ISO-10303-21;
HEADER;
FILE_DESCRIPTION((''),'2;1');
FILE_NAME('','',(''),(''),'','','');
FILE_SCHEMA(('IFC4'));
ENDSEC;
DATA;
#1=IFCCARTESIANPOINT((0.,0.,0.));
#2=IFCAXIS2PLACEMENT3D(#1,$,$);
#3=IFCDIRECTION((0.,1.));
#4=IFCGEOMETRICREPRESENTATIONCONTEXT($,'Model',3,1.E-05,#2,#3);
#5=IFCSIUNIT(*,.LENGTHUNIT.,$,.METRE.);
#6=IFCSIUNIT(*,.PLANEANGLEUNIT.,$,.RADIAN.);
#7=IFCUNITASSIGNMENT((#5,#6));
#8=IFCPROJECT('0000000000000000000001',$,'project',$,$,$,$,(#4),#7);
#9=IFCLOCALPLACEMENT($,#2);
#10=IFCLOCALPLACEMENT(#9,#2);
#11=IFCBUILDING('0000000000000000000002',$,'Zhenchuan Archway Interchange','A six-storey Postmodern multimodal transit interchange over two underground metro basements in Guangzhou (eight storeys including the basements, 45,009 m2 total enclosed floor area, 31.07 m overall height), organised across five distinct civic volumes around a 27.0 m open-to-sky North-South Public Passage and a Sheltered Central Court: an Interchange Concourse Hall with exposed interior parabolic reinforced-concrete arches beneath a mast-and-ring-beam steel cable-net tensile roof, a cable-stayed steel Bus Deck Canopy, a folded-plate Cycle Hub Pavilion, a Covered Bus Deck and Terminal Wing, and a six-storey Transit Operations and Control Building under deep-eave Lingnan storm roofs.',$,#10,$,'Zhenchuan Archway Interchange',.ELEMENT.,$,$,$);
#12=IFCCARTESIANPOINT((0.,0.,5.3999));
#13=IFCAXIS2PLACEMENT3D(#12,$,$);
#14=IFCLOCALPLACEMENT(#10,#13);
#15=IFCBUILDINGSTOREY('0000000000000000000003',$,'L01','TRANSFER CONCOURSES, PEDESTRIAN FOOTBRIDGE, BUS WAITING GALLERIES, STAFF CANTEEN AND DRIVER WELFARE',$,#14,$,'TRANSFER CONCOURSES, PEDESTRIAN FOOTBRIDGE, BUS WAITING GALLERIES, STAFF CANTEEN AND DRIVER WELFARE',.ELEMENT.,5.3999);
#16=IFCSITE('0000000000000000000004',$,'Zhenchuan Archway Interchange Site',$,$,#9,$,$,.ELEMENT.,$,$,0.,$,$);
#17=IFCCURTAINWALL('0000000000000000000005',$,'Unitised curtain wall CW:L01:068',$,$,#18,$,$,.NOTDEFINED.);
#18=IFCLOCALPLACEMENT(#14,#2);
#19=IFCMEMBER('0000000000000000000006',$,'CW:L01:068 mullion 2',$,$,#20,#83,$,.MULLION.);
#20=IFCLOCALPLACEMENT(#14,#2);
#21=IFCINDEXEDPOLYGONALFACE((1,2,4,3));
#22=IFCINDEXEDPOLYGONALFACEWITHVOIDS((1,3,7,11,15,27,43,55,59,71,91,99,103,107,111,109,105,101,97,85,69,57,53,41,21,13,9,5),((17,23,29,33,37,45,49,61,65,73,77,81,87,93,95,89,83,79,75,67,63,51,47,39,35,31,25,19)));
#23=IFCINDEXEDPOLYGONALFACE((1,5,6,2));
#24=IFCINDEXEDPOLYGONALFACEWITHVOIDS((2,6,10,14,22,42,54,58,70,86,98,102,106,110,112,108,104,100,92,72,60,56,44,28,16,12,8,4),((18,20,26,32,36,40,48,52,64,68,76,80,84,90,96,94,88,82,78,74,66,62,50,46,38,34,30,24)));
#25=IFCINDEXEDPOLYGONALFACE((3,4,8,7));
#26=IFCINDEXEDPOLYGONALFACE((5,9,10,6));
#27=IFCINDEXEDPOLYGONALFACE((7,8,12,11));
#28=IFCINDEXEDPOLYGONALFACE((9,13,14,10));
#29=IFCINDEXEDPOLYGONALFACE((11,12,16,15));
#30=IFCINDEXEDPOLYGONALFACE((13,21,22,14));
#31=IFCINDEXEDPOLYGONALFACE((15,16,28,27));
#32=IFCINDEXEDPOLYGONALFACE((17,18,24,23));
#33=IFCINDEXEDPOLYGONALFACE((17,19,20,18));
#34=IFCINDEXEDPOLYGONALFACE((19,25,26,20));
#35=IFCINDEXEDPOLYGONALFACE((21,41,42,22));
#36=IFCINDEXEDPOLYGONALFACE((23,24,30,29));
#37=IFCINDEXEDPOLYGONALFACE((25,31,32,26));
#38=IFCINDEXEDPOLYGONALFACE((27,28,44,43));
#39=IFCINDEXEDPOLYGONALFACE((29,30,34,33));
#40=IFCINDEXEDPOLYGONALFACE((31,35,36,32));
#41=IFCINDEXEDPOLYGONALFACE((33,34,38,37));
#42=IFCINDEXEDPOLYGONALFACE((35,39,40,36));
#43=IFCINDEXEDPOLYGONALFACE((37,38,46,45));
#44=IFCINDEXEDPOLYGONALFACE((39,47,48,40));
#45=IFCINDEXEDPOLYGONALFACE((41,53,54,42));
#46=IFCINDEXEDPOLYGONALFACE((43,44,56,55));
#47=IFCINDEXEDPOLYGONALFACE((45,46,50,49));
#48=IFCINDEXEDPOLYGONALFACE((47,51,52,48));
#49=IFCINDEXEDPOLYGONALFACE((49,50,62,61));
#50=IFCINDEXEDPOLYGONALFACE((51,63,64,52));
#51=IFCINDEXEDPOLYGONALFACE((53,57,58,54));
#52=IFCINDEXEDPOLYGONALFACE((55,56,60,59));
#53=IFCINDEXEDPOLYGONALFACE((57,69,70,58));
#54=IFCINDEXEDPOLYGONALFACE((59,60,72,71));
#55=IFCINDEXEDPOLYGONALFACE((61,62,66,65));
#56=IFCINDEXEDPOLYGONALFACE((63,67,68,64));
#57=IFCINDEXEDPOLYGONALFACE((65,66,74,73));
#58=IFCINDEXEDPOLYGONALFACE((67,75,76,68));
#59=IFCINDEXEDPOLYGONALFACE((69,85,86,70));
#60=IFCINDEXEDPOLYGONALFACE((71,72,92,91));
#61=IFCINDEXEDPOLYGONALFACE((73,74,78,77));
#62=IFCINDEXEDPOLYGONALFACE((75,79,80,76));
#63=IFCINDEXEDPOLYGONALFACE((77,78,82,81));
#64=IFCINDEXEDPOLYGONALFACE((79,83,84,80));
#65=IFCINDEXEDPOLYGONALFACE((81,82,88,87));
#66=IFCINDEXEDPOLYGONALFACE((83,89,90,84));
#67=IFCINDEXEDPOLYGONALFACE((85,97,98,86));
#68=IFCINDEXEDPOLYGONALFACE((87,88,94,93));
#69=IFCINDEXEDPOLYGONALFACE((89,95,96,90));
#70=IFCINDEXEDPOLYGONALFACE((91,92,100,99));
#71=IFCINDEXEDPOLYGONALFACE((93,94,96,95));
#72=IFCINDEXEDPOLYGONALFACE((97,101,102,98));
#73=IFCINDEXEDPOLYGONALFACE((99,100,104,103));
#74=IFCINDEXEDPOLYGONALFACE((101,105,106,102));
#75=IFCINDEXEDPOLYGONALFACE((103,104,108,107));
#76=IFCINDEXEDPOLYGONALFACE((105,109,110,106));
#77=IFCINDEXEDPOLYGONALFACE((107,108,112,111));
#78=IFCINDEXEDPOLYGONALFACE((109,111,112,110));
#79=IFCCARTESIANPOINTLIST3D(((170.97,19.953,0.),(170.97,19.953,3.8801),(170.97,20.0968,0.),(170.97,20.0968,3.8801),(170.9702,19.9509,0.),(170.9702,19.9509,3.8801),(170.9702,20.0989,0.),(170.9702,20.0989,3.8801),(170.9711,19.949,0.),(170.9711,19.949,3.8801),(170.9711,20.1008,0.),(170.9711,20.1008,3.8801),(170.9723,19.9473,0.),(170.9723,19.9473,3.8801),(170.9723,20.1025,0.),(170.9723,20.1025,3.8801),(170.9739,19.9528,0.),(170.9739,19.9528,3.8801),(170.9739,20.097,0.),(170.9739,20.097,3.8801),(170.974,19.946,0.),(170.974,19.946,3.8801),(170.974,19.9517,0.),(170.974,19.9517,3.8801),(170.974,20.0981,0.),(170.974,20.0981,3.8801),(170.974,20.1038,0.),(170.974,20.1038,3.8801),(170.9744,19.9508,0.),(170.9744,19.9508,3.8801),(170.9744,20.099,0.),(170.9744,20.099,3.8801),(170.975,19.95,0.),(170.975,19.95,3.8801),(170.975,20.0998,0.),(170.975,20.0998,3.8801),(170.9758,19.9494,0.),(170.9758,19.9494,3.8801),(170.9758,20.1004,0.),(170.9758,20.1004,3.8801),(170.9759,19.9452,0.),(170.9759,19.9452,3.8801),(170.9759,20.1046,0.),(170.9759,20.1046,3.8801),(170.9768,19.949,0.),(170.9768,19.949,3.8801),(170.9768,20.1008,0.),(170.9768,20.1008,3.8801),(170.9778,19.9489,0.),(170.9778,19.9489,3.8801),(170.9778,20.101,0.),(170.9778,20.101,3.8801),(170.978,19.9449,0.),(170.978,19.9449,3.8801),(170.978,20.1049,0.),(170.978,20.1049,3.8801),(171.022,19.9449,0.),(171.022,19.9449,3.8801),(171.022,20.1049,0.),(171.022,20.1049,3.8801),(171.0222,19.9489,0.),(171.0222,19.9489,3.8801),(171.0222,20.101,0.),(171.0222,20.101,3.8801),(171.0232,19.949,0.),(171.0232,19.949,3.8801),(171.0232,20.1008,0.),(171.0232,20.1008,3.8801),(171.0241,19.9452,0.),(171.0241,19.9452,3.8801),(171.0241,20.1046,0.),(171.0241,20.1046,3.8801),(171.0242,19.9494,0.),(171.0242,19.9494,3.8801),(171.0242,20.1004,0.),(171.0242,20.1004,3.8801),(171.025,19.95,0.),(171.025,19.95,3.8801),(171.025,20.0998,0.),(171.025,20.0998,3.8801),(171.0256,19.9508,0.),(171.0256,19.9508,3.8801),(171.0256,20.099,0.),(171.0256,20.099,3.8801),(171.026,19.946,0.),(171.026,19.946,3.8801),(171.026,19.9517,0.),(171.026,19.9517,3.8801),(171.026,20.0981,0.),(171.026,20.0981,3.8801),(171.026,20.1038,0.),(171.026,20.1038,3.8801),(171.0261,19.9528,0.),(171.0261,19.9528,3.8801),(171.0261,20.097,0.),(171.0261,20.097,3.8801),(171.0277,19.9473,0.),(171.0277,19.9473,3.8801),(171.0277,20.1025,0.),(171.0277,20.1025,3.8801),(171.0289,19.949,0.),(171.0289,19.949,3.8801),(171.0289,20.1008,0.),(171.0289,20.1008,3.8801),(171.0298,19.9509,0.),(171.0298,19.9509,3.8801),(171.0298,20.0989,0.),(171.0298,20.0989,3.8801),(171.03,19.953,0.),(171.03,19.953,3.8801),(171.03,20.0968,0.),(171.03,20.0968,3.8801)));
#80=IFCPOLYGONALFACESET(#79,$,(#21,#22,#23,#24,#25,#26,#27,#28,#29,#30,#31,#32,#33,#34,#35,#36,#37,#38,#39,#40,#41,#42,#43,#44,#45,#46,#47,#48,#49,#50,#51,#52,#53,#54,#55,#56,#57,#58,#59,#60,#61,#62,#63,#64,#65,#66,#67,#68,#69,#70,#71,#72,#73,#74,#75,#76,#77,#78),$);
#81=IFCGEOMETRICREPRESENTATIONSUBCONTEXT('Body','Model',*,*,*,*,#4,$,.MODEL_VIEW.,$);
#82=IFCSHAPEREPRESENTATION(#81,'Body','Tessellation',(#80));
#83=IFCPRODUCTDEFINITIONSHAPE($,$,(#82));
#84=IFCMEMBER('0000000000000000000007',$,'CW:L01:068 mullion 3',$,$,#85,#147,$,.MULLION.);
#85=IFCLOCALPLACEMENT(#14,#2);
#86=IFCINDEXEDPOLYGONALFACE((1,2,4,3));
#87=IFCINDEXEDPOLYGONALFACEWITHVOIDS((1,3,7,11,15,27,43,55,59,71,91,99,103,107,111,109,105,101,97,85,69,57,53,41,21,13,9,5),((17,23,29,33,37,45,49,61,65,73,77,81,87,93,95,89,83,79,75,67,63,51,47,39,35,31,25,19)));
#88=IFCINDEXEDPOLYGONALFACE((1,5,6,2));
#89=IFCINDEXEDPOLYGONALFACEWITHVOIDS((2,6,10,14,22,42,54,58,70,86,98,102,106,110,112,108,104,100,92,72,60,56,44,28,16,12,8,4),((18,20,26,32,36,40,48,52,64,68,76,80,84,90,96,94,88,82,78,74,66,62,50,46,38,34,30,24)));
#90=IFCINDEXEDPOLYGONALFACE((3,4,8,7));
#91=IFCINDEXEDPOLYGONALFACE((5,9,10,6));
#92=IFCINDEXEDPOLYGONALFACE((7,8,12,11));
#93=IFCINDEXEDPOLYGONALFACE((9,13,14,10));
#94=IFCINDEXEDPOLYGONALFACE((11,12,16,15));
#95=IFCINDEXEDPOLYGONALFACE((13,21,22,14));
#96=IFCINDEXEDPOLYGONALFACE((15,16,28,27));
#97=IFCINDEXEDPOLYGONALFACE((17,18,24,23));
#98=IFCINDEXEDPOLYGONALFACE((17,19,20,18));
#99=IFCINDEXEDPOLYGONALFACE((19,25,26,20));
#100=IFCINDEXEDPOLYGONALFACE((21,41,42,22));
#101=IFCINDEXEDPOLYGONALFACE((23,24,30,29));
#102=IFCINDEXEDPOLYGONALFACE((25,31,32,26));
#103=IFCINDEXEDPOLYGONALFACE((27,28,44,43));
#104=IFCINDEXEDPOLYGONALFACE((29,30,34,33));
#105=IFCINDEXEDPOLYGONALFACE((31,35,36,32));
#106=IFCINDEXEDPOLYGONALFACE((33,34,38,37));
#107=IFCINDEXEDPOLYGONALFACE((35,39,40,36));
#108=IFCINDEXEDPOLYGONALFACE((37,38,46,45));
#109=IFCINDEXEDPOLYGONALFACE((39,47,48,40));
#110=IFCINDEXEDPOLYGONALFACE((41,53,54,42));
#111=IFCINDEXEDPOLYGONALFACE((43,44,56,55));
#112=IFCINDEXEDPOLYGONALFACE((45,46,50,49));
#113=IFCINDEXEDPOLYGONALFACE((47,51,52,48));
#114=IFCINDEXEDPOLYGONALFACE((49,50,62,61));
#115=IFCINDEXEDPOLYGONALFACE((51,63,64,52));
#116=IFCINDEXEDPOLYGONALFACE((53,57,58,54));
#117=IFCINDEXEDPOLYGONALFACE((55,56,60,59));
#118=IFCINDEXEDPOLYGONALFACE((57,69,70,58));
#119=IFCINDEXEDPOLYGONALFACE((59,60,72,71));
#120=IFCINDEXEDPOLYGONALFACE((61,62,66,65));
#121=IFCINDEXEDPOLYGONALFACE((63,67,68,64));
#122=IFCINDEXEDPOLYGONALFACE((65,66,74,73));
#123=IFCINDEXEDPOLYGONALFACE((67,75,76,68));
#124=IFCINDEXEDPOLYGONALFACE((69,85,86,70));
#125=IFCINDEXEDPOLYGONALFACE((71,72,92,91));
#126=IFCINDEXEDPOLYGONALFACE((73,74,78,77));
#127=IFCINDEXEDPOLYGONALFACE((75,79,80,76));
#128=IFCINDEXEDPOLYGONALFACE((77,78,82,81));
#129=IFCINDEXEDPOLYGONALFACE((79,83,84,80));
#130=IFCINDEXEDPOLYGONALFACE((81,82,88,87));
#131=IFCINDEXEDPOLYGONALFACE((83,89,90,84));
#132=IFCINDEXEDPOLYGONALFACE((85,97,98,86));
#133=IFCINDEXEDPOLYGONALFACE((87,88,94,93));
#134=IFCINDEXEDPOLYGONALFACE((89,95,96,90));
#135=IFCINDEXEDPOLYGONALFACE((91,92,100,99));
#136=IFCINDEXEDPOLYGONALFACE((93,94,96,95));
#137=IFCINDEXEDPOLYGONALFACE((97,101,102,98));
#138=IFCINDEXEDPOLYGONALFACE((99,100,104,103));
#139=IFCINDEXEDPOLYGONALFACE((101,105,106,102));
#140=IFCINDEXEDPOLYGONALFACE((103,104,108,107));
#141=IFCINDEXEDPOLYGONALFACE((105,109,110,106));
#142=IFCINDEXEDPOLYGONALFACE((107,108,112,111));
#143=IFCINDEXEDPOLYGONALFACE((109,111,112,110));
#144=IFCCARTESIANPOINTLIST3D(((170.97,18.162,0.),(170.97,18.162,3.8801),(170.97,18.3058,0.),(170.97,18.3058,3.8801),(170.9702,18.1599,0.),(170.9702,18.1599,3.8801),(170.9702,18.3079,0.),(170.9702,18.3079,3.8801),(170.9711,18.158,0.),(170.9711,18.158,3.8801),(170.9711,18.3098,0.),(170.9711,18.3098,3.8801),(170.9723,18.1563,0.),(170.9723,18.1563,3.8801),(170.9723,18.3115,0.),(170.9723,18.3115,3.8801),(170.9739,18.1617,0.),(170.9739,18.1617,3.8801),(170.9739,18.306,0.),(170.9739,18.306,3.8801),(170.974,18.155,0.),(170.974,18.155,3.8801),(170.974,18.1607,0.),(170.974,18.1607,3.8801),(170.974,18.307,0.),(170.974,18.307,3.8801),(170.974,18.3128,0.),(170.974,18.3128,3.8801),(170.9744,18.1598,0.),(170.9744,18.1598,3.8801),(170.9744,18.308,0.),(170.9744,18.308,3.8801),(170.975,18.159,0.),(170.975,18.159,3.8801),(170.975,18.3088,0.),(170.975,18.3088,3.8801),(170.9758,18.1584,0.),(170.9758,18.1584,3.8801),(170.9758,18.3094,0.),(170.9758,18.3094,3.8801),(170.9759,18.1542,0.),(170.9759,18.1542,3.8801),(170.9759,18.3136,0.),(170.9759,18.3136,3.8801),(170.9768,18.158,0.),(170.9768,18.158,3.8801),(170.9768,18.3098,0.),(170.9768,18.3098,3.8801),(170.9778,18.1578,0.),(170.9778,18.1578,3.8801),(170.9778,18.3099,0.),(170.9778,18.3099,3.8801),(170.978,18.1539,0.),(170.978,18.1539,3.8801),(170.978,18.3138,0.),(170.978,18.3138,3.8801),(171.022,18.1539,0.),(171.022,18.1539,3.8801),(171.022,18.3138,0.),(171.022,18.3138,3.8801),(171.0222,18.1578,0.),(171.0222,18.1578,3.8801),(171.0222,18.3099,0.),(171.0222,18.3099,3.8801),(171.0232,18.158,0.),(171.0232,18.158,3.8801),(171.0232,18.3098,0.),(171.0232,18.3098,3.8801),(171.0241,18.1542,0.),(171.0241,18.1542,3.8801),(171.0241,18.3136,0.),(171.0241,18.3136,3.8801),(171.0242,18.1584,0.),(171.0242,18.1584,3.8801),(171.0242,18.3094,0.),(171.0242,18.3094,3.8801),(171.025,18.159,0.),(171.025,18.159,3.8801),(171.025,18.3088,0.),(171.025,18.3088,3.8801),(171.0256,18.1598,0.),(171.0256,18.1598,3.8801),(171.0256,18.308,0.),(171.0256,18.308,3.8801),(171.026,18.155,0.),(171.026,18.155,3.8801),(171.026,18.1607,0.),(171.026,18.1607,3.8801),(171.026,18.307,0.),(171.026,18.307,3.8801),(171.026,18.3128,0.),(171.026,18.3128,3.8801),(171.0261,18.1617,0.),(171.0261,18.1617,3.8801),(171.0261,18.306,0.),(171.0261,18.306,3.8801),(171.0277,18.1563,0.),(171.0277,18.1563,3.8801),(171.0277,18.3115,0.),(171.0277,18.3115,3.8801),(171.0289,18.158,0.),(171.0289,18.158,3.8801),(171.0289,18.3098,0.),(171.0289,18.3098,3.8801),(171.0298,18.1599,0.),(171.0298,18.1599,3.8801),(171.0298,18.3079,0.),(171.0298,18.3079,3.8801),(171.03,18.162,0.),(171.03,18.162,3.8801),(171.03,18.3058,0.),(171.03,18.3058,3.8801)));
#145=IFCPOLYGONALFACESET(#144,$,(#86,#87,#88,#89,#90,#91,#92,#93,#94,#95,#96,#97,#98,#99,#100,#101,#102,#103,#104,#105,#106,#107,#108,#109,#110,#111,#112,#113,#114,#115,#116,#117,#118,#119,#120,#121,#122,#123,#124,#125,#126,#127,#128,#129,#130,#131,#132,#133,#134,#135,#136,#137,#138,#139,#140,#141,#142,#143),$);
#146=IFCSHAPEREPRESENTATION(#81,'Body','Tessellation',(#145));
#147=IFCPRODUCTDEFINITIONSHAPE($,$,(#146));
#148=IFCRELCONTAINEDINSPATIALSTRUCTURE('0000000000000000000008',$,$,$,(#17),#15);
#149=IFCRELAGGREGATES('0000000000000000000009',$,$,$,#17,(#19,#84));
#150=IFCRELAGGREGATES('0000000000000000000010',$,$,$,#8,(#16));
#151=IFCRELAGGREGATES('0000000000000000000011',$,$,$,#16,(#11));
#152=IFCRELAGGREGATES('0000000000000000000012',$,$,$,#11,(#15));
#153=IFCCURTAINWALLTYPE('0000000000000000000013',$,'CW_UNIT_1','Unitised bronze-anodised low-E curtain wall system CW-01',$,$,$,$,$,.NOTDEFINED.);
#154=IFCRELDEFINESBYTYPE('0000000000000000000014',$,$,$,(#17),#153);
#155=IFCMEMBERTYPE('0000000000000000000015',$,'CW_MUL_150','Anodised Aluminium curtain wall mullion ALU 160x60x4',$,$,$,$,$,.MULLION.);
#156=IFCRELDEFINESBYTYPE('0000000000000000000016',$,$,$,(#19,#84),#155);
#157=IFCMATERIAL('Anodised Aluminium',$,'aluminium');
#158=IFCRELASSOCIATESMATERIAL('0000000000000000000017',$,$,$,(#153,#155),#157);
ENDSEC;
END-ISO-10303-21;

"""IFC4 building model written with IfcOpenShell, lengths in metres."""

from ifc_helpers import new_model, si_unit, direction, frame, origin, origin_2d, place, context, subcontext, project, spatial, hollow_rectangle, extrude, material, material_profile, profile_set, type_object, element, aggregate, save


model = new_model("IFC4")

# Units and contexts
model_context = context("Model", 3, precision=1e-05, world=origin(), true_north=direction((0.0, 1.0)))
body_context = subcontext(model_context, "Body", "Model", "MODEL_VIEW")
ifc_project = project(units=[si_unit("LENGTHUNIT", "METRE"), si_unit("PLANEANGLEUNIT", "RADIAN")], contexts=[model_context])

# Site, building, storey
site_placement = place(None, origin())
site = spatial("IfcSite", under=ifc_project, at=site_placement, Name="Zhenchuan Archway Interchange Site", CompositionType="ELEMENT", RefElevation=0.0)
building_placement = place(site_placement, origin())
building = spatial("IfcBuilding", under=site, at=building_placement, Name="Zhenchuan Archway Interchange", Description="A six-storey Postmodern multimodal transit interchange over two underground metro basements in Guangzhou (eight storeys including the basements, 45,009 m2 total enclosed floor area, 31.07 m overall height), organised across five distinct civic volumes around a 27.0 m open-to-sky North-South Public Passage and a Sheltered Central Court: an Interchange Concourse Hall with exposed interior parabolic reinforced-concrete arches beneath a mast-and-ring-beam steel cable-net tensile roof, a cable-stayed steel Bus Deck Canopy, a folded-plate Cycle Hub Pavilion, a Covered Bus Deck and Terminal Wing, and a six-storey Transit Operations and Control Building under deep-eave Lingnan storm roofs.", LongName="Zhenchuan Archway Interchange", CompositionType="ELEMENT")
storey_placement = place(building_placement, frame((0.0, 0.0, 5.3999)))
storey = spatial("IfcBuildingStorey", under=building, at=storey_placement, Name="L01", Description="TRANSFER CONCOURSES, PEDESTRIAN FOOTBRIDGE, BUS WAITING GALLERIES, STAFF CANTEEN AND DRIVER WELFARE", LongName="TRANSFER CONCOURSES, PEDESTRIAN FOOTBRIDGE, BUS WAITING GALLERIES, STAFF CANTEEN AND DRIVER WELFARE", CompositionType="ELEMENT", Elevation=5.3999)

# Curtain wall, members
ifc_material_1 = material(Name="Anodised Aluminium", Category="aluminium")
curtain_wall_type = type_object("IfcCurtainWallType", Name="CW_UNIT_1", Description="Unitised bronze-anodised low-E curtain wall system CW-01", PredefinedType="NOTDEFINED", material=ifc_material_1)
curtain_wall_placement = place(storey_placement, origin())
curtain_wall = element("IfcCurtainWall", 1, at=curtain_wall_placement, inside=storey, type_object=curtain_wall_type, Name="Unitised curtain wall CW:L01:068", PredefinedType="NOTDEFINED")
ifc_material_profile_1 = material_profile(ifc_material_1, hollow_rectangle(XDim=0.0601, YDim=0.1599, WallThickness=0.0039, InnerFilletRadius=0.0039, OuterFilletRadius=0.0081, at=origin_2d()), Name="ALU 160x60x4")
ifc_profile_set_1 = profile_set([ifc_material_profile_1], Name="Anodised Aluminium")
member_type_1 = type_object("IfcMemberType", Name="CW_MUL_150", Description="Anodised Aluminium curtain wall mullion ALU 160x60x4", PredefinedType="MULLION", material=ifc_profile_set_1)
member_1_placement = place(storey_placement, frame((171.0, 20.0249, 0.0), z_axis=(0.0, 0.0, 1.0), x_axis=(1.0, 0.0, 0.0)))
member_1 = element("IfcMember", 2, at=member_1_placement, type_object=member_type_1, Name="CW:L01:068 mullion 2", PredefinedType="MULLION", context=body_context, shape_type="SweptSolid", body=[
    extrude(hollow_rectangle(XDim=0.0601, YDim=0.1599, WallThickness=0.0039, InnerFilletRadius=0.0039, OuterFilletRadius=0.0081, at=origin_2d()), origin(), (0.0, 0.0, 1.0), 3.8801),
])
member_2_placement = place(storey_placement, frame((171.0, 18.2339, 0.0), z_axis=(0.0, 0.0, 1.0), x_axis=(1.0, 0.0, 0.0)))
member_2 = element("IfcMember", 3, at=member_2_placement, type_object=member_type_1, Name="CW:L01:068 mullion 3", PredefinedType="MULLION", context=body_context, shape_type="SweptSolid", body=[
    extrude(hollow_rectangle(XDim=0.0601, YDim=0.1599, WallThickness=0.0039, InnerFilletRadius=0.0039, OuterFilletRadius=0.0081, at=origin_2d()), origin(), (0.0, 0.0, 1.0), 3.8801),
])

aggregate(curtain_wall, [member_1, member_2])

save(model, "model.ifc")
